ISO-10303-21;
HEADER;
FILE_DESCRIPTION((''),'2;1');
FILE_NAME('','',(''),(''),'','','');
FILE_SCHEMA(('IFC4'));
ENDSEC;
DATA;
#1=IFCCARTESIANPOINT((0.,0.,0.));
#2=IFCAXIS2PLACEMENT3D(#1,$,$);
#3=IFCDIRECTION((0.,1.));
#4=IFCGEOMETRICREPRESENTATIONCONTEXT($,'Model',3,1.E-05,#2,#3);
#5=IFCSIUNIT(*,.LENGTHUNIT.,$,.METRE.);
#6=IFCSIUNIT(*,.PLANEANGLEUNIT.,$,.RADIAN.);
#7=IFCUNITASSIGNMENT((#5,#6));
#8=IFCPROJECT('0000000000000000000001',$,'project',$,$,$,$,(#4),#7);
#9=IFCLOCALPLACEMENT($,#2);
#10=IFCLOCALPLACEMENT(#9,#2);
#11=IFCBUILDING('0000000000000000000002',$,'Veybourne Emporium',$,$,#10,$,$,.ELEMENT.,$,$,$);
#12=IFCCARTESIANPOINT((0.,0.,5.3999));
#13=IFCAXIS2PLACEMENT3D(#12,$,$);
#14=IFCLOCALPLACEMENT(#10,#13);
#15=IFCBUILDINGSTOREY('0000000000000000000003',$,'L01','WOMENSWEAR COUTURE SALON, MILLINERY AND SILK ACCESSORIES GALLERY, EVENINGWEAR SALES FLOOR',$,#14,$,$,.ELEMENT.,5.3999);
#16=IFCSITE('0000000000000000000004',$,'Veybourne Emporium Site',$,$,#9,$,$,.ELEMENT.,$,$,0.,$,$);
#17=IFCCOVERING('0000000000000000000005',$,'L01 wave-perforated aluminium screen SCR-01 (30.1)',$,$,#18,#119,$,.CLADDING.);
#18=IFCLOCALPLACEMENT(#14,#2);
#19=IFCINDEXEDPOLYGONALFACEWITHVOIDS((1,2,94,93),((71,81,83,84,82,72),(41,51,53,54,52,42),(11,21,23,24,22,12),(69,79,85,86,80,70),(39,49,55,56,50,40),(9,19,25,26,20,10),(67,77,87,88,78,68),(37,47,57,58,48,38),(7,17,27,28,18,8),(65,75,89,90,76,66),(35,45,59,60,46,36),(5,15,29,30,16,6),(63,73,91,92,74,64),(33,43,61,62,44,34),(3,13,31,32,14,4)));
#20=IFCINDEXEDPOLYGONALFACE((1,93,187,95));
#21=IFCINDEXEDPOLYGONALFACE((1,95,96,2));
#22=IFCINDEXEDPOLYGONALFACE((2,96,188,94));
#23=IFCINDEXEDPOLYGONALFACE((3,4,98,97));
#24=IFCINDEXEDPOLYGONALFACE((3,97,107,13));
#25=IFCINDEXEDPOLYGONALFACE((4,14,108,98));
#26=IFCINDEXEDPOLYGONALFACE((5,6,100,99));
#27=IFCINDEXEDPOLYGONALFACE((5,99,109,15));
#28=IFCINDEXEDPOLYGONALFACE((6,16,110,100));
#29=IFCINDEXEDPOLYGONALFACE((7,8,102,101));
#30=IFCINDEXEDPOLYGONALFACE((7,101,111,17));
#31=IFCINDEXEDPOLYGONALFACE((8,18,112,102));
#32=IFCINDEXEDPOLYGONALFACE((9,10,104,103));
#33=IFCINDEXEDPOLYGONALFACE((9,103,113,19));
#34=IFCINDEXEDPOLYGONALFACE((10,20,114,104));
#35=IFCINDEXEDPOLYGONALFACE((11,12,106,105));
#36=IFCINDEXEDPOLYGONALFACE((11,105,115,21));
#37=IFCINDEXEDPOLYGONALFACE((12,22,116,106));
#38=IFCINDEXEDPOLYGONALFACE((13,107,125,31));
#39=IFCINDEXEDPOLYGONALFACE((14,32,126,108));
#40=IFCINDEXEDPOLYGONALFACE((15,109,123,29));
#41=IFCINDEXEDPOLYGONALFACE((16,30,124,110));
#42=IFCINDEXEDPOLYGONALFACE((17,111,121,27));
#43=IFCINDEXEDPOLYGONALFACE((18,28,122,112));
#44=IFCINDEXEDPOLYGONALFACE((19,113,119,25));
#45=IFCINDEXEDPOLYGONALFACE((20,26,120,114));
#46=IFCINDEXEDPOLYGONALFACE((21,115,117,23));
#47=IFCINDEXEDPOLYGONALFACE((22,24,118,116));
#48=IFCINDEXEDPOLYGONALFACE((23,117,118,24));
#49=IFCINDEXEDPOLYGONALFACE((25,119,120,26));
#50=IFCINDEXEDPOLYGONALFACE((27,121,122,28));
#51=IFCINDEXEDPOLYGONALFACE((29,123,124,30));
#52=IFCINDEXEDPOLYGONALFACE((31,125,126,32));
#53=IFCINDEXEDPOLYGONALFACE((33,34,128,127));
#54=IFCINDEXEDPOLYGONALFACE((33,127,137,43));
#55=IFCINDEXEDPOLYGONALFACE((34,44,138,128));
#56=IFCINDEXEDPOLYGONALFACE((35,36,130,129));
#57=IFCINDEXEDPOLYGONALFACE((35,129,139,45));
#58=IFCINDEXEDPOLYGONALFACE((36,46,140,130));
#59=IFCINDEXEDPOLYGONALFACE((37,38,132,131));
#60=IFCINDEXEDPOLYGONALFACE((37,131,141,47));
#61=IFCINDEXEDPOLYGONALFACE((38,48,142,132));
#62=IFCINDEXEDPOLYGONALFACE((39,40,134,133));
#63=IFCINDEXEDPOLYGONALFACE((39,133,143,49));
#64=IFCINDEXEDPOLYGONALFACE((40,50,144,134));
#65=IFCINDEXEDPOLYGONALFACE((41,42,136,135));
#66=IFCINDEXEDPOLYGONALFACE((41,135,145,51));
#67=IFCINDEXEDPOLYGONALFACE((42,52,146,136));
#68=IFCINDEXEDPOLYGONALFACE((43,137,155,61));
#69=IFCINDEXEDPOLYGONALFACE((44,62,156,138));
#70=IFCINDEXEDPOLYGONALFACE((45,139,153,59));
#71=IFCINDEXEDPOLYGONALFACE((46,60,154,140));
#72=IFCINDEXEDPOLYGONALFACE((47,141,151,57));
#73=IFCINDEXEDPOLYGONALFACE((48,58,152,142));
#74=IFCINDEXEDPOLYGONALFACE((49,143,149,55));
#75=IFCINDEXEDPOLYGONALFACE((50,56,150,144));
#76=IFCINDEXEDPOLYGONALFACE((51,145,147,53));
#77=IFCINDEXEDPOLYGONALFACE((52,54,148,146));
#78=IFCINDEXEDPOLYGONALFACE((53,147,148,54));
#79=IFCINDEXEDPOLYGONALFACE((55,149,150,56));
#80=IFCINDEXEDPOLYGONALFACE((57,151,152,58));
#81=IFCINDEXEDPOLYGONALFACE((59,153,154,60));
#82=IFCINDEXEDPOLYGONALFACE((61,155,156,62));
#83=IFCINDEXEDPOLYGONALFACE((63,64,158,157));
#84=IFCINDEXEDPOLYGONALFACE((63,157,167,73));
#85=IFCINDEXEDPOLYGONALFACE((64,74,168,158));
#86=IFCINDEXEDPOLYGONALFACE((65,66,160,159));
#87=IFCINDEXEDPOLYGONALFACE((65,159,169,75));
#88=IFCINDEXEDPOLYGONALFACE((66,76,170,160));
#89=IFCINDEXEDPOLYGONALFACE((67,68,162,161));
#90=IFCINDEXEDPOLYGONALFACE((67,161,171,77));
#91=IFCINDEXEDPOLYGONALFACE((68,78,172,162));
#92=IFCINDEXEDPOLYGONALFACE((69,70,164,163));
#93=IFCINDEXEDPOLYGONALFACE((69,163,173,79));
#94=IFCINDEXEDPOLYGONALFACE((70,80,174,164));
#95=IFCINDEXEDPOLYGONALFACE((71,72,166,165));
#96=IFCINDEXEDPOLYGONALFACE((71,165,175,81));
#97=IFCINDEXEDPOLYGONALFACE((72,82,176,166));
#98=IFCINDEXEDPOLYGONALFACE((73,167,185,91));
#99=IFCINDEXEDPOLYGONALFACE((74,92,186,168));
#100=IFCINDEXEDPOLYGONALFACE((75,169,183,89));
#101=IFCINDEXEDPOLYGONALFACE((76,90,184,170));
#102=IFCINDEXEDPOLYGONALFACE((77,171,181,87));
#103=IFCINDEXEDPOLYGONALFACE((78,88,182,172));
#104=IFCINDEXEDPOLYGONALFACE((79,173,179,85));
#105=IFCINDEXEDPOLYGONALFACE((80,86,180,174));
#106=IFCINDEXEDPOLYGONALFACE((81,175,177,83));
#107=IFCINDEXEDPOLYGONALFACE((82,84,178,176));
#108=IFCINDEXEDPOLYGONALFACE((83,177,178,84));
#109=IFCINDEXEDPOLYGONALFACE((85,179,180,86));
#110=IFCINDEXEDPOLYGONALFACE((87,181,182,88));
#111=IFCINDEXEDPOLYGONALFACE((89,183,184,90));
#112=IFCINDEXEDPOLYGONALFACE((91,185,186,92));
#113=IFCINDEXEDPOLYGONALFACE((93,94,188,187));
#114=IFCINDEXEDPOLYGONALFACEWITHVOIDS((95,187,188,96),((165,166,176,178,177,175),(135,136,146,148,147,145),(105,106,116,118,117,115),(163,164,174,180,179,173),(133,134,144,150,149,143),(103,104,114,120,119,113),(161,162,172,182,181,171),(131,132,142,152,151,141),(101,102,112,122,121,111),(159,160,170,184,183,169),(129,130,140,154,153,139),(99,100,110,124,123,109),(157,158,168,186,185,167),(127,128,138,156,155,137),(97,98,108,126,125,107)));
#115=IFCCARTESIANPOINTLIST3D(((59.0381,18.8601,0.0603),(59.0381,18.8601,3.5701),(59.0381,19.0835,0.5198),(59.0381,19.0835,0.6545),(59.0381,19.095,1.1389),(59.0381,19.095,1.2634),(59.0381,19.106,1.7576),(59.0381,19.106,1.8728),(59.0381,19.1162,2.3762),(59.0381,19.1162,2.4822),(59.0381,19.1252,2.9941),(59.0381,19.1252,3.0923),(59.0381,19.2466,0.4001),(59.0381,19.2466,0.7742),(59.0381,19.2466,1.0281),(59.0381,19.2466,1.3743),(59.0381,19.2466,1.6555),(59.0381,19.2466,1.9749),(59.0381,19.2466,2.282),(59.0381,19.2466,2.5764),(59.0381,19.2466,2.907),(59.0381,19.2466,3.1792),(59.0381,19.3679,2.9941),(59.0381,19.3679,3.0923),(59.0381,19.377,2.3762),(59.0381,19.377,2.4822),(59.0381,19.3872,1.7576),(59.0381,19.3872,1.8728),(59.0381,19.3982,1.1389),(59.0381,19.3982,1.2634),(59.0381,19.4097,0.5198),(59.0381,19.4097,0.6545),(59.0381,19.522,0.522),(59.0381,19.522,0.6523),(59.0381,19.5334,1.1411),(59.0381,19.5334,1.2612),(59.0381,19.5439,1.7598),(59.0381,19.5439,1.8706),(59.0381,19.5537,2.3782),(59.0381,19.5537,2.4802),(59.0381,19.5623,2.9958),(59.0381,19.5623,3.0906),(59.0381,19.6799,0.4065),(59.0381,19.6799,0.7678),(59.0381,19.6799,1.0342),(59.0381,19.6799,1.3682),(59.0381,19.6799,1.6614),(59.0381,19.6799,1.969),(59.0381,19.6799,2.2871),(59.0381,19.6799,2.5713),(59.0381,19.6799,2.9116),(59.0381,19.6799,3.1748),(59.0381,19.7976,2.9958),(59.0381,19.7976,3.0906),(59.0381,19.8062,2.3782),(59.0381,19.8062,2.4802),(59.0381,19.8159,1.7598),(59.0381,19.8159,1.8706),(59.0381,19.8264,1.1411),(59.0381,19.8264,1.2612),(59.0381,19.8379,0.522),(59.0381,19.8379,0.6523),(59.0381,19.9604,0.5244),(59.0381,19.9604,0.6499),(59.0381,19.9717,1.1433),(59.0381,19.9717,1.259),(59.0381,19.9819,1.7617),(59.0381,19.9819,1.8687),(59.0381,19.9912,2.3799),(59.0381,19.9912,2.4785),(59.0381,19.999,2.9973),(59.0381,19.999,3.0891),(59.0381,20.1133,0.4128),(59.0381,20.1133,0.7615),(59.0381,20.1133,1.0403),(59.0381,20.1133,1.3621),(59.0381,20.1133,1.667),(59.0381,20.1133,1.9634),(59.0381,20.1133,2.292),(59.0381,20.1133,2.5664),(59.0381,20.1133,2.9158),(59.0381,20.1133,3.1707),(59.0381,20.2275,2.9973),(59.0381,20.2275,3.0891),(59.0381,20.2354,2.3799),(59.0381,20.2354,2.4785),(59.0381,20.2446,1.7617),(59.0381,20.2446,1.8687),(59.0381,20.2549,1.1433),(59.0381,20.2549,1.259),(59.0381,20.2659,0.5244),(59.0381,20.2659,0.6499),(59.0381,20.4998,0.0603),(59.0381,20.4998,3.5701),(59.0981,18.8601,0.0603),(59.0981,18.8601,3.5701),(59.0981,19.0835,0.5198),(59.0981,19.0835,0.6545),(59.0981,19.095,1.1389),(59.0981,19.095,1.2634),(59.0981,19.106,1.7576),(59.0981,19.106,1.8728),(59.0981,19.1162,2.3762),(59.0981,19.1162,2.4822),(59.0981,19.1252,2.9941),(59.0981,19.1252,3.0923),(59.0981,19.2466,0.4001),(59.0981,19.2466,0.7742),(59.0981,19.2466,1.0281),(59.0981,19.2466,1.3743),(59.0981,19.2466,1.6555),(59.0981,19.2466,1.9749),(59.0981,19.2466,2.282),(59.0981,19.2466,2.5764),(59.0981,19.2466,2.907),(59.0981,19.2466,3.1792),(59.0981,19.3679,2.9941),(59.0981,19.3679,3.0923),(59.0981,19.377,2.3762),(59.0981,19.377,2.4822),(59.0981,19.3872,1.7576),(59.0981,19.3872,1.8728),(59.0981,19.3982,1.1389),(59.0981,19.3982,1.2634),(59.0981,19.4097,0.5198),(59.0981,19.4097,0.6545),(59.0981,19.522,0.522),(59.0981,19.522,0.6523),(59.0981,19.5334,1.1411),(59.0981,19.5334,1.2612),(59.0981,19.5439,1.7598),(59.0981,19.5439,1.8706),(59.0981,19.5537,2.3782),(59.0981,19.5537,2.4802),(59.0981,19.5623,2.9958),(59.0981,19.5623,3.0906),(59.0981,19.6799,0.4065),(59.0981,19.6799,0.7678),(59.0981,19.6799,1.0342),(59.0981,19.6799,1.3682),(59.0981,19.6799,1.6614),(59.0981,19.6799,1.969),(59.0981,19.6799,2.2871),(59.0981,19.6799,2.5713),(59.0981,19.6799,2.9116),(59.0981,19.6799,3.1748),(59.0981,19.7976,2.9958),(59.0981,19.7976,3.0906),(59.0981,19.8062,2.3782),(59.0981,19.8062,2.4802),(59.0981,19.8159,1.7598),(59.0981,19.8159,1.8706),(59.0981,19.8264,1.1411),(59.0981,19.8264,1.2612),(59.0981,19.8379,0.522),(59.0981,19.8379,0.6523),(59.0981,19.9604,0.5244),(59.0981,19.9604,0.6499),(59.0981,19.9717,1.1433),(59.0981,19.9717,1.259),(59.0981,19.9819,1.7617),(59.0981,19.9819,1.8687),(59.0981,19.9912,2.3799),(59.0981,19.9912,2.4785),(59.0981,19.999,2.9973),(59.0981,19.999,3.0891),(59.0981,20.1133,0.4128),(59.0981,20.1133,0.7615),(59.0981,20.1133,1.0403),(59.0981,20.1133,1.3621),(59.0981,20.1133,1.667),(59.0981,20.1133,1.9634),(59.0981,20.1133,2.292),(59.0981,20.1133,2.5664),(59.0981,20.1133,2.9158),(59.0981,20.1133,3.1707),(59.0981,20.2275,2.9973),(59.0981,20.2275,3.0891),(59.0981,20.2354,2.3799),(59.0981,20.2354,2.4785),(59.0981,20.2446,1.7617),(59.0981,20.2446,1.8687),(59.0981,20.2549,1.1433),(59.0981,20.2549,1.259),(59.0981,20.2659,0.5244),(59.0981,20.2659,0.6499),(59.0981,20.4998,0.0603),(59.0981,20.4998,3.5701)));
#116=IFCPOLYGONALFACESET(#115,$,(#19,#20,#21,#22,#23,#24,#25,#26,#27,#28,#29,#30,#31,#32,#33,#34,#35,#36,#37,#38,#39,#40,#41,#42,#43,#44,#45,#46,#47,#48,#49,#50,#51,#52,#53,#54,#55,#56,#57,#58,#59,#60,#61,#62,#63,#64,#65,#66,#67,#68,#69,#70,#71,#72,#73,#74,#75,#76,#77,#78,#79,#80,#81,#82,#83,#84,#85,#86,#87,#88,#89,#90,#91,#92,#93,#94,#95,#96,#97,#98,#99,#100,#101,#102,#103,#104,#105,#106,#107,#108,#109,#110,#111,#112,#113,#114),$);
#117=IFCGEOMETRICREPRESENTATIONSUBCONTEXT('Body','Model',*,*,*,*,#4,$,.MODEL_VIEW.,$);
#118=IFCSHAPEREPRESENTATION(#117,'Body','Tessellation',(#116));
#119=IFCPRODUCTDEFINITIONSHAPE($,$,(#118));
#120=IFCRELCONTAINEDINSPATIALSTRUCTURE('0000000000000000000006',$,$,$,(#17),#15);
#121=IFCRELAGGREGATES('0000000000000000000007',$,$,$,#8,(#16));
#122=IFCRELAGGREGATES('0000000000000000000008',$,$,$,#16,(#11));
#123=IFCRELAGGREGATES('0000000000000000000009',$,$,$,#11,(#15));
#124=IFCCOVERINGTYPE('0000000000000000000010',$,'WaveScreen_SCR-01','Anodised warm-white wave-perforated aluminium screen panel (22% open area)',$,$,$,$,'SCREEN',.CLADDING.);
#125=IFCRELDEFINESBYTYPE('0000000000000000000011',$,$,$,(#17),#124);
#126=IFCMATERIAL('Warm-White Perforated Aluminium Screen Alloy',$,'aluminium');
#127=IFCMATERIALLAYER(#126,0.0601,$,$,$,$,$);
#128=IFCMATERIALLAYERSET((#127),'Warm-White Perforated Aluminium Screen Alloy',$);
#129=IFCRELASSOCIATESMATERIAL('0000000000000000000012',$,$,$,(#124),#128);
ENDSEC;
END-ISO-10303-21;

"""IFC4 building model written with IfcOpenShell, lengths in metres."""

from ifc_helpers import new_model, si_unit, direction, frame, origin, place, context, subcontext, project, spatial, polyline, outline, extrude, material, layer, layer_set, type_object, element, save


model = new_model("IFC4")

# Units and contexts
model_context = context("Model", 3, precision=1e-05, world=origin(), true_north=direction((0.0, 1.0)))
body_context = subcontext(model_context, "Body", "Model", "MODEL_VIEW")
ifc_project = project(units=[si_unit("LENGTHUNIT", "METRE"), si_unit("PLANEANGLEUNIT", "RADIAN")], contexts=[model_context])

# Site, building, storey
site_placement = place(None, origin())
site = spatial("IfcSite", under=ifc_project, at=site_placement, Name="Veybourne Emporium Site", CompositionType="ELEMENT", RefElevation=0.0)
building_placement = place(site_placement, origin())
building = spatial("IfcBuilding", under=site, at=building_placement, Name="Veybourne Emporium", CompositionType="ELEMENT")
storey_placement = place(building_placement, frame((0.0, 0.0, 5.3999)))
storey = spatial("IfcBuildingStorey", under=building, at=storey_placement, Name="L01", Description="WOMENSWEAR COUTURE SALON, MILLINERY AND SILK ACCESSORIES GALLERY, EVENINGWEAR SALES FLOOR", CompositionType="ELEMENT", Elevation=5.3999)

# Covering
ifc_material_1 = material(Name="Warm-White Perforated Aluminium Screen Alloy", Category="aluminium")
ifc_layer_1 = layer(ifc_material_1, 0.0601)
ifc_layer_set_1 = layer_set([ifc_layer_1], Name="Warm-White Perforated Aluminium Screen Alloy")
covering_type_1 = type_object("IfcCoveringType", Name="WaveScreen_SCR-01", Description="Anodised warm-white wave-perforated aluminium screen panel (22% open area)", ElementType="SCREEN", PredefinedType="CLADDING", material=ifc_layer_set_1)
covering_1_placement = place(storey_placement, frame((59.0981, 19.6799, 1.8152), z_axis=(-1.0, 0.0, 0.0), x_axis=(0.0, -1.0, 0.0)))
element("IfcCovering", 1, at=covering_1_placement, inside=storey, type_object=covering_type_1, Name="L01 wave-perforated aluminium screen SCR-01 (30.1)", PredefinedType="CLADDING", context=body_context, shape_type="SweptSolid", body=[
    extrude(outline(polyline([(-0.8198, -1.7549), (0.8198, -1.7549), (0.8198, 1.7549), (-0.8198, 1.7549), (-0.8198, -1.7549)]), holes=[polyline([(-0.4333, -1.0537), (-0.2805, -1.1653), (-0.2805, -1.2908), (-0.4333, -1.4023), (-0.5859, -1.2908), (-0.5859, -1.1653), (-0.4333, -1.0537)]), polyline([(-0.4333, -0.4531), (-0.2917, -0.5562), (-0.2917, -0.6719), (-0.4333, -0.7749), (-0.575, -0.6719), (-0.575, -0.5562), (-0.4333, -0.4531)]), polyline([(-0.4333, 0.1482), (-0.302, 0.0535), (-0.302, -0.0535), (-0.4333, -0.1482), (-0.5647, -0.0535), (-0.5647, 0.0535), (-0.4333, 0.1482)]), polyline([(-0.4333, 0.7512), (-0.3113, 0.6633), (-0.3113, 0.5647), (-0.4333, 0.4768), (-0.5554, 0.5647), (-0.5554, 0.6633), (-0.4333, 0.7512)]), polyline([(-0.4333, 1.3555), (-0.3191, 1.2739), (-0.3191, 1.1821), (-0.4333, 1.1006), (-0.5476, 1.1821), (-0.5476, 1.2739), (-0.4333, 1.3555)]), polyline([(0.0, -1.0474), (0.158, -1.1628), (0.158, -1.2932), (0.0, -1.4087), (-0.158, -1.2932), (-0.158, -1.1628), (0.0, -1.0474)]), polyline([(0.0, -0.447), (0.1465, -0.554), (0.1465, -0.6741), (0.0, -0.781), (-0.1465, -0.6741), (-0.1465, -0.554), (0.0, -0.447)]), polyline([(0.0, 0.1538), (0.136, 0.0554), (0.136, -0.0554), (0.0, -0.1538), (-0.136, -0.0554), (-0.136, 0.0554), (0.0, 0.1538)]), polyline([(0.0, 0.7561), (0.1262, 0.665), (0.1262, 0.563), (0.0, 0.4719), (-0.1262, 0.563), (-0.1262, 0.665), (0.0, 0.7561)]), polyline([(0.0, 1.3596), (0.1177, 1.2754), (0.1177, 1.1807), (0.0, 1.0964), (-0.1177, 1.1807), (-0.1177, 1.2754), (0.0, 1.3596)]), polyline([(0.4333, -1.041), (0.5964, -1.1606), (0.5964, -1.2954), (0.4333, -1.415), (0.2703, -1.2954), (0.2703, -1.1606), (0.4333, -1.041)]), polyline([(0.4333, -0.4409), (0.585, -0.5518), (0.585, -0.6763), (0.4333, -0.7871), (0.2817, -0.6763), (0.2817, -0.5518), (0.4333, -0.4409)]), polyline([(0.4333, 0.1597), (0.574, 0.0576), (0.574, -0.0576), (0.4333, -0.1597), (0.2927, -0.0576), (0.2927, 0.0576), (0.4333, 0.1597)]), polyline([(0.4333, 0.7612), (0.5637, 0.667), (0.5637, 0.561), (0.4333, 0.4668), (0.303, 0.561), (0.303, 0.667), (0.4333, 0.7612)]), polyline([(0.4333, 1.364), (0.5547, 1.2771), (0.5547, 1.179), (0.4333, 1.0918), (0.312, 1.179), (0.312, 1.2771), (0.4333, 1.364)])]), origin(), (0.0, 0.0, 1.0), 0.0601),
])

save(model, "model.ifc")
